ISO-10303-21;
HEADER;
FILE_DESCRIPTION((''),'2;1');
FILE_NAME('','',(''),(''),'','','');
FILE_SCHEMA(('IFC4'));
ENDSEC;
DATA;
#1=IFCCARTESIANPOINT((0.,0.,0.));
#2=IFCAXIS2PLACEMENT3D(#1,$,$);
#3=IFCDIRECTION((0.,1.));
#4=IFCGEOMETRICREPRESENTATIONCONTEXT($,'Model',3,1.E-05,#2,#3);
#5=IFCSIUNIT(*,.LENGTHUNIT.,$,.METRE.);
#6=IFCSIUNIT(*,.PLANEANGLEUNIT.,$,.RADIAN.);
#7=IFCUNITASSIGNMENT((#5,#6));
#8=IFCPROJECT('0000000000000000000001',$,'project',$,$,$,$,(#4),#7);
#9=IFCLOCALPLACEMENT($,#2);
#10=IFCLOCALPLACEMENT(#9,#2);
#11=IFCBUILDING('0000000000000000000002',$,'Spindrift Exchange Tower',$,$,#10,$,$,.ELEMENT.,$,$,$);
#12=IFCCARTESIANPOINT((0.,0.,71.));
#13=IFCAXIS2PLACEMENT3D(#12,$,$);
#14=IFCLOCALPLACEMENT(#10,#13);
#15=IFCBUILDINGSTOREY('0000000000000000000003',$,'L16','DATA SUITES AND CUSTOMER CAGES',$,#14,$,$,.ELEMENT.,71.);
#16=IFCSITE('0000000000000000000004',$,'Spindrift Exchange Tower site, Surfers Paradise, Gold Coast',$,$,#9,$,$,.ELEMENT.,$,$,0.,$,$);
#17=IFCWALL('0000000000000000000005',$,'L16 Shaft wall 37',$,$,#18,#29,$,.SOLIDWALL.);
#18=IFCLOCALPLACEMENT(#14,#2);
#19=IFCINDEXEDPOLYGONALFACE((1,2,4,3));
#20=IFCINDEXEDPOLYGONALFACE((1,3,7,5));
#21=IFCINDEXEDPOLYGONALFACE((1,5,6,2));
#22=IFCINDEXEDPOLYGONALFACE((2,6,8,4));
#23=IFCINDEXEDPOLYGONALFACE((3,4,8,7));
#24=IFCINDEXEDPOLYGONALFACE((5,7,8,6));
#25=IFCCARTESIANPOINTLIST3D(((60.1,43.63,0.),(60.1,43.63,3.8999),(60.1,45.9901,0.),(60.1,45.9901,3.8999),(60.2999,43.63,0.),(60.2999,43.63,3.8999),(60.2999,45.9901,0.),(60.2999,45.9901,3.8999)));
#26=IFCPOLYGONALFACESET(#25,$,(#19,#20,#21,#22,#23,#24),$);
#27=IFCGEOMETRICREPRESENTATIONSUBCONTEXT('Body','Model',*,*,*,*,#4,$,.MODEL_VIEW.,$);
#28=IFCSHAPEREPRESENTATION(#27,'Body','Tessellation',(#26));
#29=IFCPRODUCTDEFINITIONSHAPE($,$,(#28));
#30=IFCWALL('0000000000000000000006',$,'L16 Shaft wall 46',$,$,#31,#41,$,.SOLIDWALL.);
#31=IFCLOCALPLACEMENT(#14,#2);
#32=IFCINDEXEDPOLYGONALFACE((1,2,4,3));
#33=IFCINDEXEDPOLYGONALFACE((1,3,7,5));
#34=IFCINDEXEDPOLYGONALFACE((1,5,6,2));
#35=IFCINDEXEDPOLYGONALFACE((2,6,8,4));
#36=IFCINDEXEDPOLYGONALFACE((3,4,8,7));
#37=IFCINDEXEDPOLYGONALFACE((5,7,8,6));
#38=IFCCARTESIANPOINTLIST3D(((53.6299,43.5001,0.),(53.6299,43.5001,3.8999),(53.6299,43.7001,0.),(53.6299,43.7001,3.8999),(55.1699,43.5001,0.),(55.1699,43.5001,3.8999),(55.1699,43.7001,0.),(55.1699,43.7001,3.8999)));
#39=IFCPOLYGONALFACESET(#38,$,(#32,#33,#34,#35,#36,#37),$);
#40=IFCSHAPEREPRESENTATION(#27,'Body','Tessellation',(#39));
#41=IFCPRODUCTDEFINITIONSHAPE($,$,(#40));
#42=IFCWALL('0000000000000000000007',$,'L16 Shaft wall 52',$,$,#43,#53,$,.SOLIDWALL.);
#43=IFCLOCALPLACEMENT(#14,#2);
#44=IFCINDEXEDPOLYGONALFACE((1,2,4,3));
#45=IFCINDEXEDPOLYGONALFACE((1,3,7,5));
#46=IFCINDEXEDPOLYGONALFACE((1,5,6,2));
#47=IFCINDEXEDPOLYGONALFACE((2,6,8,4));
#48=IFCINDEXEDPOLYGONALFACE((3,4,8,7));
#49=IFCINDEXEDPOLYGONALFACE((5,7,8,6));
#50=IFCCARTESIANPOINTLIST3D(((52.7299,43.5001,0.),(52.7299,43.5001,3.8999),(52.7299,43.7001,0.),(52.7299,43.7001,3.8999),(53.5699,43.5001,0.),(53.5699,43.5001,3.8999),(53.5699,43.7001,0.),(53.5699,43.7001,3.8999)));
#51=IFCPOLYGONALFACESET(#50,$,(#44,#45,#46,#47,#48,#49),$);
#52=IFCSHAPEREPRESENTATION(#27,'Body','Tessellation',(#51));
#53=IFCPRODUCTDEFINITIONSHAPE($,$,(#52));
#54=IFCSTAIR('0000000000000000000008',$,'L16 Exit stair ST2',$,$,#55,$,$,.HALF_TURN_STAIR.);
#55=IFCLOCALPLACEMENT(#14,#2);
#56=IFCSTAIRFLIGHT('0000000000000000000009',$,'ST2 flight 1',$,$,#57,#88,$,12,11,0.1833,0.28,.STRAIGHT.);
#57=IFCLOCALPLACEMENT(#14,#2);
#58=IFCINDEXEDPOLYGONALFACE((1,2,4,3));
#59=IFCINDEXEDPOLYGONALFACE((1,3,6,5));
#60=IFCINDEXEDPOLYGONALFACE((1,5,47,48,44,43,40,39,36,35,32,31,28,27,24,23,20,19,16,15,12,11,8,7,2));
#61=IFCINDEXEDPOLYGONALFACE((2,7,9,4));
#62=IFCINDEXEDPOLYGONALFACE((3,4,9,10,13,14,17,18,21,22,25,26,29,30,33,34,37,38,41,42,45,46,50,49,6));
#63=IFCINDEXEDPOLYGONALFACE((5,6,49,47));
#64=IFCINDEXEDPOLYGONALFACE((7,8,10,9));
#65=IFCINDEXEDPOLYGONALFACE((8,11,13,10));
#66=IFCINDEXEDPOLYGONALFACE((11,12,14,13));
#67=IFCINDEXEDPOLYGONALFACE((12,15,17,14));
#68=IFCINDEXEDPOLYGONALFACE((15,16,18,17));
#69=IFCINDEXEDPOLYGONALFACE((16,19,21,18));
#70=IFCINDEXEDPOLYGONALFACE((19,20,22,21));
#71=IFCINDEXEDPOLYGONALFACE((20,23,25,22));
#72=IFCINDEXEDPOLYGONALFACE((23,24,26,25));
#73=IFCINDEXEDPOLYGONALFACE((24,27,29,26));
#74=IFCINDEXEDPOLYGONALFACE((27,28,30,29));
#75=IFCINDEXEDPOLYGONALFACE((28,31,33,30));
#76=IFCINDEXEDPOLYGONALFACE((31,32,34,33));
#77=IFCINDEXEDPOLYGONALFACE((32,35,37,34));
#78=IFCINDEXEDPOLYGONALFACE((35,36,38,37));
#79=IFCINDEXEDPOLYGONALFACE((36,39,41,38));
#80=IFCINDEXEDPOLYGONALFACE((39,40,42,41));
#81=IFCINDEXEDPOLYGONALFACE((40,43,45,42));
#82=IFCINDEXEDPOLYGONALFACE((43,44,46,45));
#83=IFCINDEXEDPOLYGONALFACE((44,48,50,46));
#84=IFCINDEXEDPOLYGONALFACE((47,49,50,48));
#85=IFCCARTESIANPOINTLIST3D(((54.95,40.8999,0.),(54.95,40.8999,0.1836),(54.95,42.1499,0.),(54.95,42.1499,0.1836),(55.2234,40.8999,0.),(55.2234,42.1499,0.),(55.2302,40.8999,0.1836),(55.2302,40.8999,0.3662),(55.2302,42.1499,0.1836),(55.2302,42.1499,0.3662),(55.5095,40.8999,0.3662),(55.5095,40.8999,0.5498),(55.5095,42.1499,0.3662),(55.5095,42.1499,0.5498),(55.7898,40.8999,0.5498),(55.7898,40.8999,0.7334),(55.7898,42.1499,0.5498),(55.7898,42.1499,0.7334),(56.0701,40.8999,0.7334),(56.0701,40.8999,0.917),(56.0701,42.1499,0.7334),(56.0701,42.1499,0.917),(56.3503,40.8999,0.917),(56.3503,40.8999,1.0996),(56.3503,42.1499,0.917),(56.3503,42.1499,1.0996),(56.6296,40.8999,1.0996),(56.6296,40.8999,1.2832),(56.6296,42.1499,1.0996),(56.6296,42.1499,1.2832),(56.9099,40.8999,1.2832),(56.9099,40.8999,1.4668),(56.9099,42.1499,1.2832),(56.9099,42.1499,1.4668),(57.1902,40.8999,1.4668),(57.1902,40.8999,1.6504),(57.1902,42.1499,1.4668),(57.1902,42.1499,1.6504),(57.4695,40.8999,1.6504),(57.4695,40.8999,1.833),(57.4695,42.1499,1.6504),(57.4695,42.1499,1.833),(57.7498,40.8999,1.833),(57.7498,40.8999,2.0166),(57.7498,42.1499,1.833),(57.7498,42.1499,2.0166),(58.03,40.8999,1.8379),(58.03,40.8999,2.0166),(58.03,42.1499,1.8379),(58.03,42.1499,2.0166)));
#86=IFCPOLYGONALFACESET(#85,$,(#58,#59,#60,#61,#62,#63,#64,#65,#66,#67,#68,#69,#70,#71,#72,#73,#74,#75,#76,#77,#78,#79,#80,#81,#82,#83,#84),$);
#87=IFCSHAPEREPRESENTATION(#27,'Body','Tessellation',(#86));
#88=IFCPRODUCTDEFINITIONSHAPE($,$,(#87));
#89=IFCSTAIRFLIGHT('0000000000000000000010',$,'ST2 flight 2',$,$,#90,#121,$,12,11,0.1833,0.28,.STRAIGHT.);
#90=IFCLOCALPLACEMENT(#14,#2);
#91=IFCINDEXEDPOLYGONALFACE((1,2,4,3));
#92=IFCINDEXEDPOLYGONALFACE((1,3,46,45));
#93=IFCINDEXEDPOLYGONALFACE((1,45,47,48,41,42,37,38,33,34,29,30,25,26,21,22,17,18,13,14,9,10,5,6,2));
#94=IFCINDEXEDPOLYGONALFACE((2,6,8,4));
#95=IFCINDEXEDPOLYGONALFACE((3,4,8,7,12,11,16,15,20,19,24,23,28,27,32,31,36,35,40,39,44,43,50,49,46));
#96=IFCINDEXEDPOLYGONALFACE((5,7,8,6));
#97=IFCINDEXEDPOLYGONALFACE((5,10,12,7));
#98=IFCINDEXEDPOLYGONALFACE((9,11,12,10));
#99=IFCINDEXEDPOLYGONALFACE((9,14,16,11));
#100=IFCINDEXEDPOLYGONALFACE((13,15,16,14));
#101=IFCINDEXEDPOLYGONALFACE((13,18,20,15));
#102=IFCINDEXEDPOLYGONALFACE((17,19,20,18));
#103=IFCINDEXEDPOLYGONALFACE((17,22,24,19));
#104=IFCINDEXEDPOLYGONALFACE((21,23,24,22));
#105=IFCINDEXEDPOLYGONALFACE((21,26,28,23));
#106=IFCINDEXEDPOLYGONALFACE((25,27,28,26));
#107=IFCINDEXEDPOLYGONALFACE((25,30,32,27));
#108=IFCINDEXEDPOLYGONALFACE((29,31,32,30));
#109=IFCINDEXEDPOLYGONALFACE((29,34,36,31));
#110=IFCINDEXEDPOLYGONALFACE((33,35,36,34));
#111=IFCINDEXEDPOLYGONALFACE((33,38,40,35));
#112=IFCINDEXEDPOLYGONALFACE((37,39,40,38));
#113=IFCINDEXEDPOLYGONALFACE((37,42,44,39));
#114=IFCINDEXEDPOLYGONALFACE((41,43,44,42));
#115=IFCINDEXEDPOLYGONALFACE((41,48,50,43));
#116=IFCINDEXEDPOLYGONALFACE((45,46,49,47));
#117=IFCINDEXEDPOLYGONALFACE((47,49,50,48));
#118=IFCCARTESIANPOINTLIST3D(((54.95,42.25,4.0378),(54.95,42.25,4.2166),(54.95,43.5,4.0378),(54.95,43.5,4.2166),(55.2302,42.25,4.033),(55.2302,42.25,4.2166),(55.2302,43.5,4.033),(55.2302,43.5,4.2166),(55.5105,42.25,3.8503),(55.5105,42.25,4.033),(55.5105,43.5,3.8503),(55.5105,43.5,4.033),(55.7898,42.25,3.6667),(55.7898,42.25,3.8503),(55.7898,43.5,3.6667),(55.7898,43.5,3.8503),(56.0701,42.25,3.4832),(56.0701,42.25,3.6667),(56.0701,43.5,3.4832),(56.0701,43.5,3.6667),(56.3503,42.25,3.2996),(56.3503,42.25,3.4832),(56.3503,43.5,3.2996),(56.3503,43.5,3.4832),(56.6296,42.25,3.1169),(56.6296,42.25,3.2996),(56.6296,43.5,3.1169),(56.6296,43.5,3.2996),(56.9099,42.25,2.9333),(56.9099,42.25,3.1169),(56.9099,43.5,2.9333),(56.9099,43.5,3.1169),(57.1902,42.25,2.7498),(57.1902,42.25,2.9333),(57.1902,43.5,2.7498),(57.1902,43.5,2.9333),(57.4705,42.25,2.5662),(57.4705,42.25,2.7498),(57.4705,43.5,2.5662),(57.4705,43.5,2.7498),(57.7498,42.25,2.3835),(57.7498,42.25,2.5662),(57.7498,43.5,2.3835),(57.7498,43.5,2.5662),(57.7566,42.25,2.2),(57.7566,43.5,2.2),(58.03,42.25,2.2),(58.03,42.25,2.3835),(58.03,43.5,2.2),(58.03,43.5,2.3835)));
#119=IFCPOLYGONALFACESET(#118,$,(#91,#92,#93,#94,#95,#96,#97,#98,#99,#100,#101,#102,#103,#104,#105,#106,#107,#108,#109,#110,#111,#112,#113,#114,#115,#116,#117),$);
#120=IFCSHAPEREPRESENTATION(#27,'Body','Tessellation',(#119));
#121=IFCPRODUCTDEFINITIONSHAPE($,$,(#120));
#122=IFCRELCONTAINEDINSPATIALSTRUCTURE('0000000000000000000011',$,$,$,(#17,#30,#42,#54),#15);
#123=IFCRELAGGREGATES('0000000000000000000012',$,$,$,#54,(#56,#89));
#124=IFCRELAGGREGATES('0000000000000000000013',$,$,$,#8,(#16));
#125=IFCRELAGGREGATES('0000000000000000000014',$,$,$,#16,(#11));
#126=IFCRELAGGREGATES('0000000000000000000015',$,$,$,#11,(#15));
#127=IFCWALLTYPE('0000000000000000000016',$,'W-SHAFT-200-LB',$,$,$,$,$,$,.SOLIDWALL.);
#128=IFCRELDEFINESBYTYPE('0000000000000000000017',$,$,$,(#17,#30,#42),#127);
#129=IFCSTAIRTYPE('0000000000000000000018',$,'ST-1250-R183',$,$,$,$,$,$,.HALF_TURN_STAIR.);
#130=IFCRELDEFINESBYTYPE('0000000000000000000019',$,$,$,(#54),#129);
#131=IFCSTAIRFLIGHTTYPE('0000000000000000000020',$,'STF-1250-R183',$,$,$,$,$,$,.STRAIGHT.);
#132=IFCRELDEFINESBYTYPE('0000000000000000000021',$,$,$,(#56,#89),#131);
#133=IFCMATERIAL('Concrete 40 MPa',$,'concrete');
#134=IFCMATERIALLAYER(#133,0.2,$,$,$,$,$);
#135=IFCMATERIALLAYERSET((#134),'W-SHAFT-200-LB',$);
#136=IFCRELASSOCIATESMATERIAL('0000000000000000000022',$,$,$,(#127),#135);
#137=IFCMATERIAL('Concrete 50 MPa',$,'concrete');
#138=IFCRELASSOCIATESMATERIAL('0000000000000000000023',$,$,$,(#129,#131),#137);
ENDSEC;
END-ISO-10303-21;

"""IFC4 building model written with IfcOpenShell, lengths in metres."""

from ifc_helpers import new_model, si_unit, direction, frame, frame_2d, origin, place, context, subcontext, project, spatial, line, indexed_curve, rectangle, outline, extrude, material, layer, layer_set, type_object, element, aggregate, save


model = new_model("IFC4")

# Units and contexts
model_context = context("Model", 3, precision=1e-05, world=origin(), true_north=direction((0.0, 1.0)))
body_context = subcontext(model_context, "Body", "Model", "MODEL_VIEW")
ifc_project = project(units=[si_unit("LENGTHUNIT", "METRE"), si_unit("PLANEANGLEUNIT", "RADIAN")], contexts=[model_context])

# Site, building, storey
site_placement = place(None, origin())
site = spatial("IfcSite", under=ifc_project, at=site_placement, Name="Spindrift Exchange Tower site, Surfers Paradise, Gold Coast", CompositionType="ELEMENT", RefElevation=0.0)
building_placement = place(site_placement, origin())
building = spatial("IfcBuilding", under=site, at=building_placement, Name="Spindrift Exchange Tower", CompositionType="ELEMENT")
storey_placement = place(building_placement, frame((0.0, 0.0, 71.0)))
storey = spatial("IfcBuildingStorey", under=building, at=storey_placement, Name="L16", Description="DATA SUITES AND CUSTOMER CAGES", CompositionType="ELEMENT", Elevation=71.0)

# Shared definitions
ifc_material_1 = material(Name="Concrete 40 MPa", Category="concrete")

# Shared definitions
ifc_layer_1 = layer(ifc_material_1, 0.2)
ifc_layer_set_1 = layer_set([ifc_layer_1], Name="W-SHAFT-200-LB")
wall_type_1 = type_object("IfcWallType", Name="W-SHAFT-200-LB", PredefinedType="SOLIDWALL", material=ifc_layer_set_1)

# Walls
for number, where, z_axis, x_axis, name in (
    (1, (60.2, 43.6299, 0.0), (0.0, 0.0, 1.0), (0.0, 1.0, 0.0), "L16 Shaft wall 37"),
):
    element("IfcWall", number, at=place(storey_placement, frame(where, z_axis=z_axis, x_axis=x_axis)), inside=storey, type_object=wall_type_1, Name=name, PredefinedType="SOLIDWALL", context=body_context, shape_type="SweptSolid", body=[
        extrude(rectangle(XDim=2.3601, YDim=0.2, at=frame_2d((1.1802, 0.0))), origin(), (0.0, 0.0, 1.0), 3.8999),
    ])
wall_1_placement = place(storey_placement, frame((53.6299, 43.6001, 0.0), z_axis=(0.0, 0.0, 1.0), x_axis=(1.0, 0.0, 0.0)))
element("IfcWall", 2, at=wall_1_placement, inside=storey, type_object=wall_type_1, Name="L16 Shaft wall 46", PredefinedType="SOLIDWALL", context=body_context, shape_type="SweptSolid", body=[
    extrude(rectangle(XDim=1.54, YDim=0.2, at=frame_2d((0.77, 0.0))), origin(), (0.0, 0.0, 1.0), 3.8999),
])
wall_2_placement = place(storey_placement, frame((52.73, 43.6001, 0.0), z_axis=(0.0, 0.0, 1.0), x_axis=(1.0, 0.0, 0.0)))
element("IfcWall", 3, at=wall_2_placement, inside=storey, type_object=wall_type_1, Name="L16 Shaft wall 52", PredefinedType="SOLIDWALL", context=body_context, shape_type="SweptSolid", body=[
    extrude(rectangle(XDim=0.8401, YDim=0.2, at=frame_2d((0.4199, 0.0))), origin(), (0.0, 0.0, 1.0), 3.8999),
])

# Stair, stair flights
ifc_material_2 = material(Name="Concrete 50 MPa", Category="concrete")
stair_type = type_object("IfcStairType", Name="ST-1250-R183", PredefinedType="HALF_TURN_STAIR", material=ifc_material_2)
stair_placement = place(storey_placement, origin())
stair = element("IfcStair", 4, at=stair_placement, inside=storey, type_object=stair_type, Name="L16 Exit stair ST2", PredefinedType="HALF_TURN_STAIR")
stair_flight_type = type_object("IfcStairFlightType", Name="STF-1250-R183", PredefinedType="STRAIGHT", material=ifc_material_2)
stair_flight_1_placement = place(storey_placement, frame((54.95, 41.5249, 0.0), z_axis=(0.0, 0.0, 1.0), x_axis=(1.0, 0.0, 0.0)))
stair_flight_1 = element("IfcStairFlight", 5, at=stair_flight_1_placement, type_object=stair_flight_type, Name="ST2 flight 1", NumberOfRisers=12, NumberOfTreads=11, PredefinedType="STRAIGHT", RiserHeight=0.1833, TreadLength=0.28, context=body_context, shape_type="SweptSolid", body=[
    extrude(outline(indexed_curve([(0.0, 0.0), (0.0, 0.1836), (0.2803, 0.1836), (0.2803, 0.3662), (0.5596, 0.3662), (0.5596, 0.5498), (0.8398, 0.5498), (0.8398, 0.7334), (1.1201, 0.7334), (1.1201, 0.917), (1.4004, 0.917), (1.4004, 1.0996), (1.6797, 1.0996), (1.6797, 1.2832), (1.96, 1.2832), (1.96, 1.4668), (2.2402, 1.4668), (2.2402, 1.6504), (2.5195, 1.6504), (2.5195, 1.833), (2.7998, 1.833), (2.7998, 2.0166), (3.0801, 2.0166), (3.0801, 2.2002), (3.0801, 1.8379), (0.2734, 0.0)], segments=[line(1, 2, 3, 4, 5, 6, 7, 8, 9, 10, 11, 12, 13, 14, 15, 16, 17, 18, 19, 20, 21, 22, 23, 24, 25, 26, 1)], self_intersect=False)), frame((0.0, 0.625, 0.0), z_axis=(0.0, -1.0, 0.0), x_axis=(1.0, 0.0, 0.0)), (0.0, 0.0, 1.0), 1.25),
])
stair_flight_2_placement = place(storey_placement, frame((58.03, 42.875, 2.2), z_axis=(0.0, 0.0, 1.0), x_axis=(-1.0, 0.0, 0.0)))
stair_flight_2 = element("IfcStairFlight", 6, at=stair_flight_2_placement, type_object=stair_flight_type, Name="ST2 flight 2", NumberOfRisers=12, NumberOfTreads=11, PredefinedType="STRAIGHT", RiserHeight=0.1833, TreadLength=0.28, context=body_context, shape_type="SweptSolid", body=[
    extrude(outline(indexed_curve([(0.0, 0.0), (0.0, 0.1836), (0.2803, 0.1836), (0.2803, 0.3662), (0.5596, 0.3662), (0.5596, 0.5498), (0.8398, 0.5498), (0.8398, 0.7334), (1.1201, 0.7334), (1.1201, 0.917), (1.4004, 0.917), (1.4004, 1.0996), (1.6797, 1.0996), (1.6797, 1.2832), (1.96, 1.2832), (1.96, 1.4668), (2.2402, 1.4668), (2.2402, 1.6504), (2.5195, 1.6504), (2.5195, 1.833), (2.7998, 1.833), (2.7998, 2.0166), (3.0801, 2.0166), (3.0801, 2.2002), (3.0801, 1.8379), (0.2734, 0.0)], segments=[line(1, 2, 3, 4, 5, 6, 7, 8, 9, 10, 11, 12, 13, 14, 15, 16, 17, 18, 19, 20, 21, 22, 23, 24, 25, 26, 1)], self_intersect=False)), frame((0.0, 0.625, 0.0), z_axis=(0.0, -1.0, 0.0), x_axis=(1.0, 0.0, 0.0)), (0.0, 0.0, 1.0), 1.25),
])
aggregate(stair, [stair_flight_1, stair_flight_2])

save(model, "model.ifc")
